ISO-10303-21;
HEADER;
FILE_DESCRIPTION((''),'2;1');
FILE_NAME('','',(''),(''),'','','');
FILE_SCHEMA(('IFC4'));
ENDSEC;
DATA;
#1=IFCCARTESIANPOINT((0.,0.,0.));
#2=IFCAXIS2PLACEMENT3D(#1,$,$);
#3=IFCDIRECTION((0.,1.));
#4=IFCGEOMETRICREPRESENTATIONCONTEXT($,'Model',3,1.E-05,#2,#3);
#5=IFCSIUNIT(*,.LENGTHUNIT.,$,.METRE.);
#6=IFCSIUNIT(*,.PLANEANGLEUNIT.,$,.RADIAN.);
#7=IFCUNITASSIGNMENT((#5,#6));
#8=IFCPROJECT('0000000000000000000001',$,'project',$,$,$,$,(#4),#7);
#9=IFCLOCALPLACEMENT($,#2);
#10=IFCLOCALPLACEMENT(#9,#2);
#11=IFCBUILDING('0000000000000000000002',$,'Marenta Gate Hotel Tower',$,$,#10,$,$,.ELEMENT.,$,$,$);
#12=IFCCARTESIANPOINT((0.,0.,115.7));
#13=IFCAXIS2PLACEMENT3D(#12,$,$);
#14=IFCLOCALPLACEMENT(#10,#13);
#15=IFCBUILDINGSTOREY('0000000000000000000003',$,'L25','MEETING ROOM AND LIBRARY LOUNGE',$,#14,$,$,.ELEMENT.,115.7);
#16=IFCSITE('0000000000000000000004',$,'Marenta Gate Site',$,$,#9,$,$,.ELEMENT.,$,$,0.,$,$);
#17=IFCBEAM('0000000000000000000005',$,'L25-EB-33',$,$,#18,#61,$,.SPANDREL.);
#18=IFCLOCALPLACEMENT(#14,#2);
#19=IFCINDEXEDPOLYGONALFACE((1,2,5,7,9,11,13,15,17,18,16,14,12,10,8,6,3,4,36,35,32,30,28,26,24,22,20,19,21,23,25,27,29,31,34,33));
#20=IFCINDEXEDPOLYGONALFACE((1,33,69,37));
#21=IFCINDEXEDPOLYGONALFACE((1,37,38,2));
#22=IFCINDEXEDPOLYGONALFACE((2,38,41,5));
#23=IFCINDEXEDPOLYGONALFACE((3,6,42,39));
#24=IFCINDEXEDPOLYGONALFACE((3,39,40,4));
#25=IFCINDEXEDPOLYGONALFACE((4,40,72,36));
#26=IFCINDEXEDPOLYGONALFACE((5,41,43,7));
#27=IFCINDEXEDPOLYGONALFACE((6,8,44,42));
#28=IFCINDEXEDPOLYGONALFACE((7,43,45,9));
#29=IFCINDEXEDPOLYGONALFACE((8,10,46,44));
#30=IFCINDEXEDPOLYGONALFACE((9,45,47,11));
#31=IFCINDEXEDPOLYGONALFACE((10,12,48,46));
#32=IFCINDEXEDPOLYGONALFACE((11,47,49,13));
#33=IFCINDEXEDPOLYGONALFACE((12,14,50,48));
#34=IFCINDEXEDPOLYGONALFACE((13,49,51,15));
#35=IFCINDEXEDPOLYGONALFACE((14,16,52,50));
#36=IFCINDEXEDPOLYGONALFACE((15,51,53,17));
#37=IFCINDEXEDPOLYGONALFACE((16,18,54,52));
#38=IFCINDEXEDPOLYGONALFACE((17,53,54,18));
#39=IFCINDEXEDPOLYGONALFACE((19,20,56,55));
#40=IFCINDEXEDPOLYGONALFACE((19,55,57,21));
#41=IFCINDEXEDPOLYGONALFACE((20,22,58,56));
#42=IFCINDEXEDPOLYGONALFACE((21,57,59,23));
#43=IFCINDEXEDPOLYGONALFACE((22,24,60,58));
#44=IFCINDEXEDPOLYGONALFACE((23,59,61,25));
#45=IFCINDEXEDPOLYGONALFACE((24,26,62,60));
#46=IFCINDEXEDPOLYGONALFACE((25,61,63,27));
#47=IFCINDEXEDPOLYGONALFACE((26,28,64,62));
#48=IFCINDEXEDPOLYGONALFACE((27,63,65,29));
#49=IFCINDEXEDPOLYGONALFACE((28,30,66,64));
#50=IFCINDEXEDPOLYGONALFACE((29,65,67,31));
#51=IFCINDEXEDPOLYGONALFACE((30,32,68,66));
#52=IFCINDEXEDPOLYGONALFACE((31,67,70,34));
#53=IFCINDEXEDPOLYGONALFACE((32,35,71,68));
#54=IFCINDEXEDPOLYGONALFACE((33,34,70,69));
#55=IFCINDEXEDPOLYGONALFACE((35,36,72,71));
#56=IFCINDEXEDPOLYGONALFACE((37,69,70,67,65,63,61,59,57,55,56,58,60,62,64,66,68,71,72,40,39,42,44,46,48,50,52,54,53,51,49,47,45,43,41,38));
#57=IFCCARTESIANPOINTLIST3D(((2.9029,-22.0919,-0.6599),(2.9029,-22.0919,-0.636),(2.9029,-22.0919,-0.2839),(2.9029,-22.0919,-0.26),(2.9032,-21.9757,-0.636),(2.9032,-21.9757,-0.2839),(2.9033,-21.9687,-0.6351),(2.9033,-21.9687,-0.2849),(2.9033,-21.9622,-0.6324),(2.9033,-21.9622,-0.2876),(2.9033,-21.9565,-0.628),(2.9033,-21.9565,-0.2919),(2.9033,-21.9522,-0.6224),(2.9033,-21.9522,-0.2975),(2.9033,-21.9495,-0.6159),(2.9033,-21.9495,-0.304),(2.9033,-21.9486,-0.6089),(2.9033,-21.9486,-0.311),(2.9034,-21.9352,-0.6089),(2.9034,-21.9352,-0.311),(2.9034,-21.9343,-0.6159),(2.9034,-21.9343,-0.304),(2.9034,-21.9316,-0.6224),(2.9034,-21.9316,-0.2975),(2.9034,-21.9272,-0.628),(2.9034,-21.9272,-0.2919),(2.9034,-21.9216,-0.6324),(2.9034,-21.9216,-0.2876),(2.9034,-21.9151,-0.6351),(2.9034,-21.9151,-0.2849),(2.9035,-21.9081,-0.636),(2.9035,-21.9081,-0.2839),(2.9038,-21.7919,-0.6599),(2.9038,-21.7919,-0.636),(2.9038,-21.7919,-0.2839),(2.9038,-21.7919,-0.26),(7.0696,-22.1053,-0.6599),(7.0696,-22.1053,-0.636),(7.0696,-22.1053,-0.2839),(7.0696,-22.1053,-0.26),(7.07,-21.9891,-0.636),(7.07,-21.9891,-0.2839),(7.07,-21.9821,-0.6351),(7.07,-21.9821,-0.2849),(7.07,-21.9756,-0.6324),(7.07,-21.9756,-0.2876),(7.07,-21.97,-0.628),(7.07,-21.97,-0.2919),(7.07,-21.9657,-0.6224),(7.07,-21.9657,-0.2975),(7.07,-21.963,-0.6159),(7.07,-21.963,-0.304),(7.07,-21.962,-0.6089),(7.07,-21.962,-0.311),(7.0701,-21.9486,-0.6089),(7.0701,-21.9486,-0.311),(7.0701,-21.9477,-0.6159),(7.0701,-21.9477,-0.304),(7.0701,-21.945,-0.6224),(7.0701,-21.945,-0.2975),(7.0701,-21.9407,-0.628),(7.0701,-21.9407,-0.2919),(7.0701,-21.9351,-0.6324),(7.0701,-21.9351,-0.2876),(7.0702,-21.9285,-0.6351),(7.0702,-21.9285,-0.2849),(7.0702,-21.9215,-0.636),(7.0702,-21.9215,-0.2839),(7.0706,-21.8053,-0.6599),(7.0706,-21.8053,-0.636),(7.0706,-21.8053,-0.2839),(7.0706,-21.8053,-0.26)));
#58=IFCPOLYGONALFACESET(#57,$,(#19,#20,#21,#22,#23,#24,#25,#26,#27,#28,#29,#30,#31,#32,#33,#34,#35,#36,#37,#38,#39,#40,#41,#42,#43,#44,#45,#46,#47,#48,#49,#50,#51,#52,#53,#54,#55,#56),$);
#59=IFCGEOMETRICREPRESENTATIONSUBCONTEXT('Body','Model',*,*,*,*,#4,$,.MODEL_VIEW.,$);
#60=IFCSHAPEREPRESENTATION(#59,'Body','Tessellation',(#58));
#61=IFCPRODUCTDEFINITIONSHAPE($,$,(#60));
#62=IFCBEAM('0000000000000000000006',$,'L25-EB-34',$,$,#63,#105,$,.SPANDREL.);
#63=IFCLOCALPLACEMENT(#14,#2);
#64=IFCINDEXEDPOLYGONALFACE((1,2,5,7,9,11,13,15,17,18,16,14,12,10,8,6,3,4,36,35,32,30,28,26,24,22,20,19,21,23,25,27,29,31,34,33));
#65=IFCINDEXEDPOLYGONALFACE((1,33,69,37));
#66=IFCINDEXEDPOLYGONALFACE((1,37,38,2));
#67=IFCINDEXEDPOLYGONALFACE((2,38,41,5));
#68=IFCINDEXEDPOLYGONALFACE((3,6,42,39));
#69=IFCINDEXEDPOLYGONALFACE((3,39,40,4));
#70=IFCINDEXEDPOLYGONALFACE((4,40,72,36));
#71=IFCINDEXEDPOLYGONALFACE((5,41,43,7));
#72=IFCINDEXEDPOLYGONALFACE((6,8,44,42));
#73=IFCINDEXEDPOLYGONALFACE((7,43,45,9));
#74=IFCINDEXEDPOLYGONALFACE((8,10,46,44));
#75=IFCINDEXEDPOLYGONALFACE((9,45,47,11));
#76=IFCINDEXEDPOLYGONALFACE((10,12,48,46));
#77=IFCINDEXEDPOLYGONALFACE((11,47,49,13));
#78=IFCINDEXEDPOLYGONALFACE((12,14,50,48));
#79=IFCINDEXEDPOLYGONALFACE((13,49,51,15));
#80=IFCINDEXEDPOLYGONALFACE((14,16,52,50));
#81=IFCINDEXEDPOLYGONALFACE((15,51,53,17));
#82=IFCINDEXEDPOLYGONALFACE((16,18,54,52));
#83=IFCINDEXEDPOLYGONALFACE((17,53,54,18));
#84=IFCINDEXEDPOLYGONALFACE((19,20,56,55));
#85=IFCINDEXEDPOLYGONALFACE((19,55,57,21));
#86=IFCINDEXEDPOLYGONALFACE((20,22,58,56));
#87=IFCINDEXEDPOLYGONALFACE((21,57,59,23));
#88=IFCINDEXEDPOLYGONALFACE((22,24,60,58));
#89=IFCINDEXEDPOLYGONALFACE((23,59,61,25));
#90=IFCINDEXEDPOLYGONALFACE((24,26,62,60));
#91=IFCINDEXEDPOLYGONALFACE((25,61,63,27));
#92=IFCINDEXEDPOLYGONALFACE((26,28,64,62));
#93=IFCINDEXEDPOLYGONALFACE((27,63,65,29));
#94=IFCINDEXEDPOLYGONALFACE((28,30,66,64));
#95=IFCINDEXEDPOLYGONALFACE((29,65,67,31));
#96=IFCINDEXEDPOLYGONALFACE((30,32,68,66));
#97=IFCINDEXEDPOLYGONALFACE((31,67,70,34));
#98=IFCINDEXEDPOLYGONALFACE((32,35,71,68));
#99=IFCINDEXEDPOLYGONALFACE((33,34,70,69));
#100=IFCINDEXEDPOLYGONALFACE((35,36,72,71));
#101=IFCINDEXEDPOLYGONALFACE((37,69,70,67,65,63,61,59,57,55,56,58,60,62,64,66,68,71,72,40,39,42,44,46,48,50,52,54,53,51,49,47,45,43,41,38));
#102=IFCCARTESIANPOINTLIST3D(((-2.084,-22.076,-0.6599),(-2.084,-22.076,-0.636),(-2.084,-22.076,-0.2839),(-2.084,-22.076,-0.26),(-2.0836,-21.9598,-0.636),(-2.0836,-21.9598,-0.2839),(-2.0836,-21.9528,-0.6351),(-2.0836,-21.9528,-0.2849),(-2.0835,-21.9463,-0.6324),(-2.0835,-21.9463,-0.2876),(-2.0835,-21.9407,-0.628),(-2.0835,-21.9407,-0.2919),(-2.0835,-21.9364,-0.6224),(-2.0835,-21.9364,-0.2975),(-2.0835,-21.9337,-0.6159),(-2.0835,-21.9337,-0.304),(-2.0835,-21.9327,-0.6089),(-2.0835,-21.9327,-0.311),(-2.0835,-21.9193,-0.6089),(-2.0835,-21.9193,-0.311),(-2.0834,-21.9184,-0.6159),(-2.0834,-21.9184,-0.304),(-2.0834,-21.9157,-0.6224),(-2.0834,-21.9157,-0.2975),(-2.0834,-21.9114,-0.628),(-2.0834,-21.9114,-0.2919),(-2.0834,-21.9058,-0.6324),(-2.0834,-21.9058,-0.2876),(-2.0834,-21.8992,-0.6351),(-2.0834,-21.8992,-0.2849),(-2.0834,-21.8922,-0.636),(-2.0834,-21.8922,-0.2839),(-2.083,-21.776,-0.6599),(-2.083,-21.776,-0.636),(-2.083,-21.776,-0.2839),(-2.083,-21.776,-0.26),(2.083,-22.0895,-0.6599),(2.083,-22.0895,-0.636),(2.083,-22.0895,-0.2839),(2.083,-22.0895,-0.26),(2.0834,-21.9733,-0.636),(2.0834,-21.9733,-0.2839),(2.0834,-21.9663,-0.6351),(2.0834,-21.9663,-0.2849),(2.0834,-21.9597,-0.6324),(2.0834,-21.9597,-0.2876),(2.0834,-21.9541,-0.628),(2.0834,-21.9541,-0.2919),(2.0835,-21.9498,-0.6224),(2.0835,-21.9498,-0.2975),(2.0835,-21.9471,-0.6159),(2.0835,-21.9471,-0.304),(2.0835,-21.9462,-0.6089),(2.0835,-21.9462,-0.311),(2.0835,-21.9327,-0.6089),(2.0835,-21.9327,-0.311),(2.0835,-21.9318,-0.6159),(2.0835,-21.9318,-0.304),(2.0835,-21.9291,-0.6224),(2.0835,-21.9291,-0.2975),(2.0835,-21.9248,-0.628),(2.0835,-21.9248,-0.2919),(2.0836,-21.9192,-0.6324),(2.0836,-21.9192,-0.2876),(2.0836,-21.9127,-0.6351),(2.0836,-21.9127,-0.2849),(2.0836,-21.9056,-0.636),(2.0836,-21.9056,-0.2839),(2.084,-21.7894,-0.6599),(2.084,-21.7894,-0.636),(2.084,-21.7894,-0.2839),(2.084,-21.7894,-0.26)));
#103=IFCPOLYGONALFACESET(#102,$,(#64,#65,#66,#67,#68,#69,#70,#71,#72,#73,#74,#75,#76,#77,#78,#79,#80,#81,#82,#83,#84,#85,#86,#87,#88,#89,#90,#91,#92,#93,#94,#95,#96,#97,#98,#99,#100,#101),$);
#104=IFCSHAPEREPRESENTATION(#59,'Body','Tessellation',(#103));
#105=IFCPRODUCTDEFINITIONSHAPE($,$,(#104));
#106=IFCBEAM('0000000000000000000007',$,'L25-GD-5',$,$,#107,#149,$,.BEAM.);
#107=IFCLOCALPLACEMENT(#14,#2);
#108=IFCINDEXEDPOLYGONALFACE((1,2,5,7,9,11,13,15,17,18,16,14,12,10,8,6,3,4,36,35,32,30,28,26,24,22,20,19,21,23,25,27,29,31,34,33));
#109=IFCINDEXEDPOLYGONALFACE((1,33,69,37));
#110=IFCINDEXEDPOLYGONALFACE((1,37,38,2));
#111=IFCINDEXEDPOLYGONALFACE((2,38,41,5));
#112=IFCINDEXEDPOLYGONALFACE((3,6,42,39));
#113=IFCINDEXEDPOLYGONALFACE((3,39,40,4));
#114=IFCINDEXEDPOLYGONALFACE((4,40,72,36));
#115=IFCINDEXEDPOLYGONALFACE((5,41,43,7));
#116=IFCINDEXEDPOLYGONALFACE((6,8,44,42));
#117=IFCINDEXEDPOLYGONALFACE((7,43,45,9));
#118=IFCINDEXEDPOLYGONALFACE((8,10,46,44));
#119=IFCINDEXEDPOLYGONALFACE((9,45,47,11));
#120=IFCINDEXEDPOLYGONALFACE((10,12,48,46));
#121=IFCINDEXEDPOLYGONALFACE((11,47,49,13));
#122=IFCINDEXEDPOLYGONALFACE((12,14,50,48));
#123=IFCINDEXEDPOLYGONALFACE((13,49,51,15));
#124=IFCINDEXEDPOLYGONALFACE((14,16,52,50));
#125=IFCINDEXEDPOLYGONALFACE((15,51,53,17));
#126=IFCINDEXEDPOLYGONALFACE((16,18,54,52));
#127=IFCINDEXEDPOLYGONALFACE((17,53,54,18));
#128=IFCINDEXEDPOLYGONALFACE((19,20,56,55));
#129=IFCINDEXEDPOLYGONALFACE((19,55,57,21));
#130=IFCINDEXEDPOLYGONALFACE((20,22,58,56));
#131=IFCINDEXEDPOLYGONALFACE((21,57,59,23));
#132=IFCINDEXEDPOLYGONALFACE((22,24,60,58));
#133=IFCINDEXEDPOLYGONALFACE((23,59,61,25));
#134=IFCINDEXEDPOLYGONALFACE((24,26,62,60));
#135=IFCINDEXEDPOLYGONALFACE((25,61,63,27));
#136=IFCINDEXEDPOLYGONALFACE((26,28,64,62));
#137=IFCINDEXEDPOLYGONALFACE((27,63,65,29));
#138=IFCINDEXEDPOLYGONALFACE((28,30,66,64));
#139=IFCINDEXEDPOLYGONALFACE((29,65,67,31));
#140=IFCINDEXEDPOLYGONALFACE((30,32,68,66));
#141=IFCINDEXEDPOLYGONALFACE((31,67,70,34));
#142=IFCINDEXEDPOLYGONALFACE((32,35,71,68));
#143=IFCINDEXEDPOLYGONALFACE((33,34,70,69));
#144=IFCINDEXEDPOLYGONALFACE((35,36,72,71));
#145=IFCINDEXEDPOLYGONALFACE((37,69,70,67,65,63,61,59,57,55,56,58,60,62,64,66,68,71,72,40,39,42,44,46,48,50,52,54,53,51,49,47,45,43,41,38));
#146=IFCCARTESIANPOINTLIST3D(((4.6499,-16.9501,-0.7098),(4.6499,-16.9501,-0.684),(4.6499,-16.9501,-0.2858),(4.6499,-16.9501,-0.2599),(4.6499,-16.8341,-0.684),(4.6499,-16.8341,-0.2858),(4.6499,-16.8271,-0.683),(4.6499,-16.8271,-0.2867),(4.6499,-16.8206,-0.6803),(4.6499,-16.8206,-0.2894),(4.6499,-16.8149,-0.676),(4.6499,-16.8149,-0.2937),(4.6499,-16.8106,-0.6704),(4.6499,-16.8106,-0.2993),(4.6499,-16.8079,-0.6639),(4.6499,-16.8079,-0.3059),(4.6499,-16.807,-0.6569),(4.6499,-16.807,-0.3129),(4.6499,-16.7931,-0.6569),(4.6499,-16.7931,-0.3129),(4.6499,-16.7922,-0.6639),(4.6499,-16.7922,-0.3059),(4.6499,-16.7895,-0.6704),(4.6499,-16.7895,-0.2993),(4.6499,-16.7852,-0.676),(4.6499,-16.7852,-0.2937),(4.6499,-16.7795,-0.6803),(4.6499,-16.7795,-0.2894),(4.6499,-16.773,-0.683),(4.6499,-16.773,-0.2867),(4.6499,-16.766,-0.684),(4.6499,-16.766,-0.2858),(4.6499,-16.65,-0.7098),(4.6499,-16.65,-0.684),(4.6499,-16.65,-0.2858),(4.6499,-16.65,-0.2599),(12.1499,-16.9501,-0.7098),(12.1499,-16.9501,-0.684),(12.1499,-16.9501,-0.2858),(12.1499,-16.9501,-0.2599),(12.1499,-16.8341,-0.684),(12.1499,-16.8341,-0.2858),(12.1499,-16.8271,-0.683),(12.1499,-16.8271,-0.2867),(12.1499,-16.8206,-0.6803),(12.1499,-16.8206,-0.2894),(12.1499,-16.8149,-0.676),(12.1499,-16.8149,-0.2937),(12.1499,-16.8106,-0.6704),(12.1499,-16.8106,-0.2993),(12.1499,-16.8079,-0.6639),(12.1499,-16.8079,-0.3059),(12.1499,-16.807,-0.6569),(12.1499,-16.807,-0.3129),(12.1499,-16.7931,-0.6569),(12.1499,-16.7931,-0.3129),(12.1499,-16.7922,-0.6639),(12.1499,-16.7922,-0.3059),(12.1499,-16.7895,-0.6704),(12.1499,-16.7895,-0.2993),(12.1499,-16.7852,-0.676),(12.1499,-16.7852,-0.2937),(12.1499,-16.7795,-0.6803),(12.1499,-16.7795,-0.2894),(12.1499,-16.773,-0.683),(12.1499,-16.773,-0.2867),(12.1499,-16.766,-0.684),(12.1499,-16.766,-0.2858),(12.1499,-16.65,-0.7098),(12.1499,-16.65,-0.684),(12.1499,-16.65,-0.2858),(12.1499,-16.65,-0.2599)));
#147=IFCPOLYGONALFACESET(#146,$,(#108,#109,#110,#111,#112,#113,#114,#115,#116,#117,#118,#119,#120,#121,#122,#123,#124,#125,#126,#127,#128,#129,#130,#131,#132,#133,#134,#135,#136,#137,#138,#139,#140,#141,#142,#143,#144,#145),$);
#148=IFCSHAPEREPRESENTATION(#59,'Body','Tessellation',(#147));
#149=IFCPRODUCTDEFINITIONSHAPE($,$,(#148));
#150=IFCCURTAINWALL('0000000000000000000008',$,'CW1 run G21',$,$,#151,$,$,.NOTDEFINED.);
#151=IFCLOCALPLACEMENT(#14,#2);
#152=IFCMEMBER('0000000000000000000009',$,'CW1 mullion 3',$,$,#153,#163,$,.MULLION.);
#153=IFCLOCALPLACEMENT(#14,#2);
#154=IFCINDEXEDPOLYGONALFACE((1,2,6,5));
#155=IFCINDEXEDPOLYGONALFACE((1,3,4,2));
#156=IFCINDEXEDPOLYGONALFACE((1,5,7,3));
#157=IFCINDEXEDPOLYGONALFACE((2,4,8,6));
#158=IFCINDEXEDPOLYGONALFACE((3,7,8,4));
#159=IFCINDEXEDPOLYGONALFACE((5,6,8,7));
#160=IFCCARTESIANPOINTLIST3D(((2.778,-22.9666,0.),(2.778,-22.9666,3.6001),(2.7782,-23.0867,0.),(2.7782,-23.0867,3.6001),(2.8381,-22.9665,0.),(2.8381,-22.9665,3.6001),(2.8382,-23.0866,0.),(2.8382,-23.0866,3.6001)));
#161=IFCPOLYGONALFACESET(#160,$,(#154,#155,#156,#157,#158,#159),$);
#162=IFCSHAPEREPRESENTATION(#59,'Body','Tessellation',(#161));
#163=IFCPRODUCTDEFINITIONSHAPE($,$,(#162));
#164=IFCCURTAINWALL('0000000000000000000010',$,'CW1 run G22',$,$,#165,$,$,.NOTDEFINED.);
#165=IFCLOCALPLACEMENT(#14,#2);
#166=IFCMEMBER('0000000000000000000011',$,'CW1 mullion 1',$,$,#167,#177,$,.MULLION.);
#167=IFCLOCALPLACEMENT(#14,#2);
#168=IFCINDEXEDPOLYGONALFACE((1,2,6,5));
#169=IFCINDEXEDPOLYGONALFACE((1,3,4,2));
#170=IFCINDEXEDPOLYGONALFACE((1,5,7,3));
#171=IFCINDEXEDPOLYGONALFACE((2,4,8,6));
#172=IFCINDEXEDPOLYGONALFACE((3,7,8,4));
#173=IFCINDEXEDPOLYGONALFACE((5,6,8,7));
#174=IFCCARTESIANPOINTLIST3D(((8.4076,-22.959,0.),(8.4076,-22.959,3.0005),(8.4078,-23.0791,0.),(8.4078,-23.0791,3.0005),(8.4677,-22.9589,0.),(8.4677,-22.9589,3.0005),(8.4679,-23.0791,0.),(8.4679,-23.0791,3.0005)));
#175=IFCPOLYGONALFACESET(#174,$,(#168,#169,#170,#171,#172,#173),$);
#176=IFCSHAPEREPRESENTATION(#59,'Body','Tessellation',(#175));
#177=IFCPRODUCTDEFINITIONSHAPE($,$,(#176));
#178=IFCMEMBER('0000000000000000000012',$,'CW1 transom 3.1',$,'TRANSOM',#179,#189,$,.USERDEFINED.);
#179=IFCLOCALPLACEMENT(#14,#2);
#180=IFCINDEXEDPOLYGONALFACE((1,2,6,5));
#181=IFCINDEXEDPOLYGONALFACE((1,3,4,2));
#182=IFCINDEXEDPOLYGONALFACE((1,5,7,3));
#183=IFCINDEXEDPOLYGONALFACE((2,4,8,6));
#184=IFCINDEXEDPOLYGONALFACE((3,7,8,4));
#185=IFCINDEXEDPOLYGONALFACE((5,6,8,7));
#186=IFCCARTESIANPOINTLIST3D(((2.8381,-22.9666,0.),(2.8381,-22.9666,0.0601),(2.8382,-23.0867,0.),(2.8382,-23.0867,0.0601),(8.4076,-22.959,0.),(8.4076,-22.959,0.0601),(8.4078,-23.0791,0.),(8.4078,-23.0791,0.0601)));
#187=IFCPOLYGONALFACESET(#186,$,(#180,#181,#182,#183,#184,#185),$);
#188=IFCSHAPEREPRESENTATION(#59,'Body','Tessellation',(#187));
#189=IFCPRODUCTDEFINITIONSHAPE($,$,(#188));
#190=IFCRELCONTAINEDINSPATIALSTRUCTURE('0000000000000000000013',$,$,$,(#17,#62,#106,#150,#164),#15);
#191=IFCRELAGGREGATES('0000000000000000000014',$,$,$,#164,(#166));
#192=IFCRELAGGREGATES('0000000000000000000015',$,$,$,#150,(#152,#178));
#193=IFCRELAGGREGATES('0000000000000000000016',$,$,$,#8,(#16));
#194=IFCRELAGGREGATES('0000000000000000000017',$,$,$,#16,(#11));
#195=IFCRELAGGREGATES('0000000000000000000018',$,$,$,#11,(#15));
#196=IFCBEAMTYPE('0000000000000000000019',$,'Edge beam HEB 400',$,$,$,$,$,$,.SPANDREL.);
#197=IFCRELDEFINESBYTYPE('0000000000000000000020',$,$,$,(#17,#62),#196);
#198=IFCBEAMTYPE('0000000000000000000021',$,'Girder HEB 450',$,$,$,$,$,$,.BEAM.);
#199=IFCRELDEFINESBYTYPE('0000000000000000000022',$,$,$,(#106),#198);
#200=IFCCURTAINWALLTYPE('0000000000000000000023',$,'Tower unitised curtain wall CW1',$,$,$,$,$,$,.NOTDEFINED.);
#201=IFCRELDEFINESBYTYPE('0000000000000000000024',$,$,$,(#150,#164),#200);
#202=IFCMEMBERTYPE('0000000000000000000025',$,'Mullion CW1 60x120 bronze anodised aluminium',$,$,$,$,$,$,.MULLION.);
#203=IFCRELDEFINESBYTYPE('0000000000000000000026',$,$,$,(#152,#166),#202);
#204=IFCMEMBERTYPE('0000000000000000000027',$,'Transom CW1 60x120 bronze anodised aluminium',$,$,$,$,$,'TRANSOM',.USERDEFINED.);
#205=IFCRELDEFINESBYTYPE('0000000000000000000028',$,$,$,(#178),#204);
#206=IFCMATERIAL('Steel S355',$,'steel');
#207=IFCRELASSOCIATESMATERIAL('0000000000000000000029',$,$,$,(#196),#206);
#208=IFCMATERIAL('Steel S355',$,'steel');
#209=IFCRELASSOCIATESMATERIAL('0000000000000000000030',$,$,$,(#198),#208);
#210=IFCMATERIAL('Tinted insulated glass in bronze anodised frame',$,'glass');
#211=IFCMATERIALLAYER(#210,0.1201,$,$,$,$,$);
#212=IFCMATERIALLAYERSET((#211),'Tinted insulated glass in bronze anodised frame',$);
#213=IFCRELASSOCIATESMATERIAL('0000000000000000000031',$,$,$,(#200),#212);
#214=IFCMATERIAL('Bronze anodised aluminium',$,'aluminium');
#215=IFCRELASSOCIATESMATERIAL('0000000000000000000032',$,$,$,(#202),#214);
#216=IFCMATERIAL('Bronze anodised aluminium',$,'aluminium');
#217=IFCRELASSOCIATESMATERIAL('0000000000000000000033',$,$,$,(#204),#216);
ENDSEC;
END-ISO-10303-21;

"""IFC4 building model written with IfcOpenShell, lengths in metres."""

from ifc_helpers import new_model, si_unit, direction, frame, origin, origin_2d, place, context, subcontext, project, spatial, rectangle, i_section, extrude, material, layer, layer_set, material_profile, profile_set, type_object, element, aggregate, save


model = new_model("IFC4")

# Units and contexts
model_context = context("Model", 3, precision=1e-05, world=origin(), true_north=direction((0.0, 1.0)))
body_context = subcontext(model_context, "Body", "Model", "MODEL_VIEW")
ifc_project = project(units=[si_unit("LENGTHUNIT", "METRE"), si_unit("PLANEANGLEUNIT", "RADIAN")], contexts=[model_context])

# Site, building, storey
site_placement = place(None, origin())
site = spatial("IfcSite", under=ifc_project, at=site_placement, Name="Marenta Gate Site", CompositionType="ELEMENT", RefElevation=0.0)
building_placement = place(site_placement, origin())
building = spatial("IfcBuilding", under=site, at=building_placement, Name="Marenta Gate Hotel Tower", CompositionType="ELEMENT")
storey_placement = place(building_placement, frame((0.0, 0.0, 115.7)))
storey = spatial("IfcBuildingStorey", under=building, at=storey_placement, Name="L25", Description="MEETING ROOM AND LIBRARY LOUNGE", CompositionType="ELEMENT", Elevation=115.7)

# Beams
ifc_material_1 = material(Name="Steel S355", Category="steel")
ifc_material_profile_1 = material_profile(ifc_material_1, i_section(OverallWidth=0.3, OverallDepth=0.3999, WebThickness=0.0134, FlangeThickness=0.0239, FilletRadius=0.0271, at=origin_2d()), Name="HEB 400")
ifc_profile_set_1 = profile_set([ifc_material_profile_1], Name="Steel S355")
beam_type_1 = type_object("IfcBeamType", Name="Edge beam HEB 400", PredefinedType="SPANDREL", material=ifc_profile_set_1)
beam_1_placement = place(storey_placement, frame((7.0701, -21.9553, -0.46), z_axis=(-0.999995, 0.003223, 0.0), x_axis=(-0.003223, -0.999995, 0.0)))
element("IfcBeam", 1, at=beam_1_placement, inside=storey, type_object=beam_type_1, Name="L25-EB-33", PredefinedType="SPANDREL", context=body_context, shape_type="SweptSolid", body=[
    extrude(i_section(OverallWidth=0.3, OverallDepth=0.3999, WebThickness=0.0134, FlangeThickness=0.0239, FilletRadius=0.0271, at=origin_2d()), origin(), (0.0, 0.0, 1.0), 4.1667),
])
beam_2_placement = place(storey_placement, frame((2.0835, -21.9395, -0.46), z_axis=(-0.999995, 0.003222, 0.0), x_axis=(-0.003222, -0.999995, 0.0)))
element("IfcBeam", 2, at=beam_2_placement, inside=storey, type_object=beam_type_1, Name="L25-EB-34", PredefinedType="SPANDREL", context=body_context, shape_type="SweptSolid", body=[
    extrude(i_section(OverallWidth=0.3, OverallDepth=0.3999, WebThickness=0.0134, FlangeThickness=0.0239, FilletRadius=0.0271, at=origin_2d()), origin(), (0.0, 0.0, 1.0), 4.167),
])
ifc_material_2 = material(Name="Steel S355", Category="steel")
ifc_material_profile_2 = material_profile(ifc_material_2, i_section(OverallWidth=0.3, OverallDepth=0.45, WebThickness=0.0139, FlangeThickness=0.0259, FilletRadius=0.0271, at=origin_2d()), Name="HEB 450")
ifc_profile_set_2 = profile_set([ifc_material_profile_2], Name="Steel S355")
beam_type_2 = type_object("IfcBeamType", Name="Girder HEB 450", PredefinedType="BEAM", material=ifc_profile_set_2)
beam_3_placement = place(storey_placement, frame((4.6499, -16.8, -0.4849), z_axis=(1.0, 0.0, 0.0), x_axis=(0.0, 1.0, 0.0)))
element("IfcBeam", 3, at=beam_3_placement, inside=storey, type_object=beam_type_2, Name="L25-GD-5", PredefinedType="BEAM", context=body_context, shape_type="SweptSolid", body=[
    extrude(i_section(OverallWidth=0.3, OverallDepth=0.45, WebThickness=0.0139, FlangeThickness=0.0259, FilletRadius=0.0271, at=origin_2d()), origin(), (0.0, 0.0, 1.0), 7.5),
])

# Curtain walls, members
ifc_material_3 = material(Name="Tinted insulated glass in bronze anodised frame", Category="glass")
ifc_layer_1 = layer(ifc_material_3, 0.1201)
ifc_layer_set_1 = layer_set([ifc_layer_1], Name="Tinted insulated glass in bronze anodised frame")
curtain_wall_type = type_object("IfcCurtainWallType", Name="Tower unitised curtain wall CW1", PredefinedType="NOTDEFINED", material=ifc_layer_set_1)
curtain_wall_1_placement = place(storey_placement, origin())
curtain_wall_1 = element("IfcCurtainWall", 4, at=curtain_wall_1_placement, inside=storey, type_object=curtain_wall_type, Name="CW1 run G21", PredefinedType="NOTDEFINED")
ifc_material_4 = material(Name="Bronze anodised aluminium", Category="aluminium")
ifc_material_profile_3 = material_profile(ifc_material_4, rectangle(XDim=0.1201, YDim=0.0601, at=origin_2d()), Name="Mullion CW1 60x120 bronze anodised aluminium")
ifc_profile_set_3 = profile_set([ifc_material_profile_3], Name="Bronze anodised aluminium")
member_type_1 = type_object("IfcMemberType", Name="Mullion CW1 60x120 bronze anodised aluminium", PredefinedType="MULLION", material=ifc_profile_set_3)
member_1_placement = place(storey_placement, frame((2.8081, -23.0266, 0.0), z_axis=(0.0, 0.0, 1.0), x_axis=(-0.001363, 0.999999, 0.0)))
member_1 = element("IfcMember", 5, at=member_1_placement, type_object=member_type_1, Name="CW1 mullion 3", PredefinedType="MULLION", context=body_context, shape_type="SweptSolid", body=[
    extrude(rectangle(XDim=0.1201, YDim=0.0601, at=origin_2d()), origin(), (0.0, 0.0, 1.0), 3.6001),
])
curtain_wall_2_placement = place(storey_placement, origin())
curtain_wall_2 = element("IfcCurtainWall", 6, at=curtain_wall_2_placement, inside=storey, type_object=curtain_wall_type, Name="CW1 run G22", PredefinedType="NOTDEFINED")
member_2_placement = place(storey_placement, frame((8.4377, -23.019, 0.0), z_axis=(0.0, 0.0, 1.0), x_axis=(-0.001325, 0.999999, 0.0)))
member_2 = element("IfcMember", 7, at=member_2_placement, type_object=member_type_1, Name="CW1 mullion 1", PredefinedType="MULLION", context=body_context, shape_type="SweptSolid", body=[
    extrude(rectangle(XDim=0.1201, YDim=0.0601, at=origin_2d()), origin(), (0.0, 0.0, 1.0), 3.0005),
])

# Member
ifc_material_5 = material(Name="Bronze anodised aluminium", Category="aluminium")
ifc_material_profile_4 = material_profile(ifc_material_5, rectangle(XDim=0.1201, YDim=0.0601, at=origin_2d()), Name="Transom CW1 60x120 bronze anodised aluminium")
ifc_profile_set_4 = profile_set([ifc_material_profile_4], Name="Bronze anodised aluminium")
member_type_2 = type_object("IfcMemberType", Name="Transom CW1 60x120 bronze anodised aluminium", ElementType="TRANSOM", PredefinedType="USERDEFINED", material=ifc_profile_set_4)
member_3_placement = place(storey_placement, frame((2.8381, -23.0266, 0.03), z_axis=(0.999999, 0.001359, 0.0), x_axis=(-0.001359, 0.999999, 0.0)))
member_3 = element("IfcMember", 8, at=member_3_placement, type_object=member_type_2, Name="CW1 transom 3.1", ObjectType="TRANSOM", PredefinedType="USERDEFINED", context=body_context, shape_type="SweptSolid", body=[
    extrude(rectangle(XDim=0.1201, YDim=0.0601, at=origin_2d()), origin(), (0.0, 0.0, 1.0), 5.5696),
])
aggregate(curtain_wall_2, [member_2])

aggregate(curtain_wall_1, [member_1, member_3])

save(model, "model.ifc")
